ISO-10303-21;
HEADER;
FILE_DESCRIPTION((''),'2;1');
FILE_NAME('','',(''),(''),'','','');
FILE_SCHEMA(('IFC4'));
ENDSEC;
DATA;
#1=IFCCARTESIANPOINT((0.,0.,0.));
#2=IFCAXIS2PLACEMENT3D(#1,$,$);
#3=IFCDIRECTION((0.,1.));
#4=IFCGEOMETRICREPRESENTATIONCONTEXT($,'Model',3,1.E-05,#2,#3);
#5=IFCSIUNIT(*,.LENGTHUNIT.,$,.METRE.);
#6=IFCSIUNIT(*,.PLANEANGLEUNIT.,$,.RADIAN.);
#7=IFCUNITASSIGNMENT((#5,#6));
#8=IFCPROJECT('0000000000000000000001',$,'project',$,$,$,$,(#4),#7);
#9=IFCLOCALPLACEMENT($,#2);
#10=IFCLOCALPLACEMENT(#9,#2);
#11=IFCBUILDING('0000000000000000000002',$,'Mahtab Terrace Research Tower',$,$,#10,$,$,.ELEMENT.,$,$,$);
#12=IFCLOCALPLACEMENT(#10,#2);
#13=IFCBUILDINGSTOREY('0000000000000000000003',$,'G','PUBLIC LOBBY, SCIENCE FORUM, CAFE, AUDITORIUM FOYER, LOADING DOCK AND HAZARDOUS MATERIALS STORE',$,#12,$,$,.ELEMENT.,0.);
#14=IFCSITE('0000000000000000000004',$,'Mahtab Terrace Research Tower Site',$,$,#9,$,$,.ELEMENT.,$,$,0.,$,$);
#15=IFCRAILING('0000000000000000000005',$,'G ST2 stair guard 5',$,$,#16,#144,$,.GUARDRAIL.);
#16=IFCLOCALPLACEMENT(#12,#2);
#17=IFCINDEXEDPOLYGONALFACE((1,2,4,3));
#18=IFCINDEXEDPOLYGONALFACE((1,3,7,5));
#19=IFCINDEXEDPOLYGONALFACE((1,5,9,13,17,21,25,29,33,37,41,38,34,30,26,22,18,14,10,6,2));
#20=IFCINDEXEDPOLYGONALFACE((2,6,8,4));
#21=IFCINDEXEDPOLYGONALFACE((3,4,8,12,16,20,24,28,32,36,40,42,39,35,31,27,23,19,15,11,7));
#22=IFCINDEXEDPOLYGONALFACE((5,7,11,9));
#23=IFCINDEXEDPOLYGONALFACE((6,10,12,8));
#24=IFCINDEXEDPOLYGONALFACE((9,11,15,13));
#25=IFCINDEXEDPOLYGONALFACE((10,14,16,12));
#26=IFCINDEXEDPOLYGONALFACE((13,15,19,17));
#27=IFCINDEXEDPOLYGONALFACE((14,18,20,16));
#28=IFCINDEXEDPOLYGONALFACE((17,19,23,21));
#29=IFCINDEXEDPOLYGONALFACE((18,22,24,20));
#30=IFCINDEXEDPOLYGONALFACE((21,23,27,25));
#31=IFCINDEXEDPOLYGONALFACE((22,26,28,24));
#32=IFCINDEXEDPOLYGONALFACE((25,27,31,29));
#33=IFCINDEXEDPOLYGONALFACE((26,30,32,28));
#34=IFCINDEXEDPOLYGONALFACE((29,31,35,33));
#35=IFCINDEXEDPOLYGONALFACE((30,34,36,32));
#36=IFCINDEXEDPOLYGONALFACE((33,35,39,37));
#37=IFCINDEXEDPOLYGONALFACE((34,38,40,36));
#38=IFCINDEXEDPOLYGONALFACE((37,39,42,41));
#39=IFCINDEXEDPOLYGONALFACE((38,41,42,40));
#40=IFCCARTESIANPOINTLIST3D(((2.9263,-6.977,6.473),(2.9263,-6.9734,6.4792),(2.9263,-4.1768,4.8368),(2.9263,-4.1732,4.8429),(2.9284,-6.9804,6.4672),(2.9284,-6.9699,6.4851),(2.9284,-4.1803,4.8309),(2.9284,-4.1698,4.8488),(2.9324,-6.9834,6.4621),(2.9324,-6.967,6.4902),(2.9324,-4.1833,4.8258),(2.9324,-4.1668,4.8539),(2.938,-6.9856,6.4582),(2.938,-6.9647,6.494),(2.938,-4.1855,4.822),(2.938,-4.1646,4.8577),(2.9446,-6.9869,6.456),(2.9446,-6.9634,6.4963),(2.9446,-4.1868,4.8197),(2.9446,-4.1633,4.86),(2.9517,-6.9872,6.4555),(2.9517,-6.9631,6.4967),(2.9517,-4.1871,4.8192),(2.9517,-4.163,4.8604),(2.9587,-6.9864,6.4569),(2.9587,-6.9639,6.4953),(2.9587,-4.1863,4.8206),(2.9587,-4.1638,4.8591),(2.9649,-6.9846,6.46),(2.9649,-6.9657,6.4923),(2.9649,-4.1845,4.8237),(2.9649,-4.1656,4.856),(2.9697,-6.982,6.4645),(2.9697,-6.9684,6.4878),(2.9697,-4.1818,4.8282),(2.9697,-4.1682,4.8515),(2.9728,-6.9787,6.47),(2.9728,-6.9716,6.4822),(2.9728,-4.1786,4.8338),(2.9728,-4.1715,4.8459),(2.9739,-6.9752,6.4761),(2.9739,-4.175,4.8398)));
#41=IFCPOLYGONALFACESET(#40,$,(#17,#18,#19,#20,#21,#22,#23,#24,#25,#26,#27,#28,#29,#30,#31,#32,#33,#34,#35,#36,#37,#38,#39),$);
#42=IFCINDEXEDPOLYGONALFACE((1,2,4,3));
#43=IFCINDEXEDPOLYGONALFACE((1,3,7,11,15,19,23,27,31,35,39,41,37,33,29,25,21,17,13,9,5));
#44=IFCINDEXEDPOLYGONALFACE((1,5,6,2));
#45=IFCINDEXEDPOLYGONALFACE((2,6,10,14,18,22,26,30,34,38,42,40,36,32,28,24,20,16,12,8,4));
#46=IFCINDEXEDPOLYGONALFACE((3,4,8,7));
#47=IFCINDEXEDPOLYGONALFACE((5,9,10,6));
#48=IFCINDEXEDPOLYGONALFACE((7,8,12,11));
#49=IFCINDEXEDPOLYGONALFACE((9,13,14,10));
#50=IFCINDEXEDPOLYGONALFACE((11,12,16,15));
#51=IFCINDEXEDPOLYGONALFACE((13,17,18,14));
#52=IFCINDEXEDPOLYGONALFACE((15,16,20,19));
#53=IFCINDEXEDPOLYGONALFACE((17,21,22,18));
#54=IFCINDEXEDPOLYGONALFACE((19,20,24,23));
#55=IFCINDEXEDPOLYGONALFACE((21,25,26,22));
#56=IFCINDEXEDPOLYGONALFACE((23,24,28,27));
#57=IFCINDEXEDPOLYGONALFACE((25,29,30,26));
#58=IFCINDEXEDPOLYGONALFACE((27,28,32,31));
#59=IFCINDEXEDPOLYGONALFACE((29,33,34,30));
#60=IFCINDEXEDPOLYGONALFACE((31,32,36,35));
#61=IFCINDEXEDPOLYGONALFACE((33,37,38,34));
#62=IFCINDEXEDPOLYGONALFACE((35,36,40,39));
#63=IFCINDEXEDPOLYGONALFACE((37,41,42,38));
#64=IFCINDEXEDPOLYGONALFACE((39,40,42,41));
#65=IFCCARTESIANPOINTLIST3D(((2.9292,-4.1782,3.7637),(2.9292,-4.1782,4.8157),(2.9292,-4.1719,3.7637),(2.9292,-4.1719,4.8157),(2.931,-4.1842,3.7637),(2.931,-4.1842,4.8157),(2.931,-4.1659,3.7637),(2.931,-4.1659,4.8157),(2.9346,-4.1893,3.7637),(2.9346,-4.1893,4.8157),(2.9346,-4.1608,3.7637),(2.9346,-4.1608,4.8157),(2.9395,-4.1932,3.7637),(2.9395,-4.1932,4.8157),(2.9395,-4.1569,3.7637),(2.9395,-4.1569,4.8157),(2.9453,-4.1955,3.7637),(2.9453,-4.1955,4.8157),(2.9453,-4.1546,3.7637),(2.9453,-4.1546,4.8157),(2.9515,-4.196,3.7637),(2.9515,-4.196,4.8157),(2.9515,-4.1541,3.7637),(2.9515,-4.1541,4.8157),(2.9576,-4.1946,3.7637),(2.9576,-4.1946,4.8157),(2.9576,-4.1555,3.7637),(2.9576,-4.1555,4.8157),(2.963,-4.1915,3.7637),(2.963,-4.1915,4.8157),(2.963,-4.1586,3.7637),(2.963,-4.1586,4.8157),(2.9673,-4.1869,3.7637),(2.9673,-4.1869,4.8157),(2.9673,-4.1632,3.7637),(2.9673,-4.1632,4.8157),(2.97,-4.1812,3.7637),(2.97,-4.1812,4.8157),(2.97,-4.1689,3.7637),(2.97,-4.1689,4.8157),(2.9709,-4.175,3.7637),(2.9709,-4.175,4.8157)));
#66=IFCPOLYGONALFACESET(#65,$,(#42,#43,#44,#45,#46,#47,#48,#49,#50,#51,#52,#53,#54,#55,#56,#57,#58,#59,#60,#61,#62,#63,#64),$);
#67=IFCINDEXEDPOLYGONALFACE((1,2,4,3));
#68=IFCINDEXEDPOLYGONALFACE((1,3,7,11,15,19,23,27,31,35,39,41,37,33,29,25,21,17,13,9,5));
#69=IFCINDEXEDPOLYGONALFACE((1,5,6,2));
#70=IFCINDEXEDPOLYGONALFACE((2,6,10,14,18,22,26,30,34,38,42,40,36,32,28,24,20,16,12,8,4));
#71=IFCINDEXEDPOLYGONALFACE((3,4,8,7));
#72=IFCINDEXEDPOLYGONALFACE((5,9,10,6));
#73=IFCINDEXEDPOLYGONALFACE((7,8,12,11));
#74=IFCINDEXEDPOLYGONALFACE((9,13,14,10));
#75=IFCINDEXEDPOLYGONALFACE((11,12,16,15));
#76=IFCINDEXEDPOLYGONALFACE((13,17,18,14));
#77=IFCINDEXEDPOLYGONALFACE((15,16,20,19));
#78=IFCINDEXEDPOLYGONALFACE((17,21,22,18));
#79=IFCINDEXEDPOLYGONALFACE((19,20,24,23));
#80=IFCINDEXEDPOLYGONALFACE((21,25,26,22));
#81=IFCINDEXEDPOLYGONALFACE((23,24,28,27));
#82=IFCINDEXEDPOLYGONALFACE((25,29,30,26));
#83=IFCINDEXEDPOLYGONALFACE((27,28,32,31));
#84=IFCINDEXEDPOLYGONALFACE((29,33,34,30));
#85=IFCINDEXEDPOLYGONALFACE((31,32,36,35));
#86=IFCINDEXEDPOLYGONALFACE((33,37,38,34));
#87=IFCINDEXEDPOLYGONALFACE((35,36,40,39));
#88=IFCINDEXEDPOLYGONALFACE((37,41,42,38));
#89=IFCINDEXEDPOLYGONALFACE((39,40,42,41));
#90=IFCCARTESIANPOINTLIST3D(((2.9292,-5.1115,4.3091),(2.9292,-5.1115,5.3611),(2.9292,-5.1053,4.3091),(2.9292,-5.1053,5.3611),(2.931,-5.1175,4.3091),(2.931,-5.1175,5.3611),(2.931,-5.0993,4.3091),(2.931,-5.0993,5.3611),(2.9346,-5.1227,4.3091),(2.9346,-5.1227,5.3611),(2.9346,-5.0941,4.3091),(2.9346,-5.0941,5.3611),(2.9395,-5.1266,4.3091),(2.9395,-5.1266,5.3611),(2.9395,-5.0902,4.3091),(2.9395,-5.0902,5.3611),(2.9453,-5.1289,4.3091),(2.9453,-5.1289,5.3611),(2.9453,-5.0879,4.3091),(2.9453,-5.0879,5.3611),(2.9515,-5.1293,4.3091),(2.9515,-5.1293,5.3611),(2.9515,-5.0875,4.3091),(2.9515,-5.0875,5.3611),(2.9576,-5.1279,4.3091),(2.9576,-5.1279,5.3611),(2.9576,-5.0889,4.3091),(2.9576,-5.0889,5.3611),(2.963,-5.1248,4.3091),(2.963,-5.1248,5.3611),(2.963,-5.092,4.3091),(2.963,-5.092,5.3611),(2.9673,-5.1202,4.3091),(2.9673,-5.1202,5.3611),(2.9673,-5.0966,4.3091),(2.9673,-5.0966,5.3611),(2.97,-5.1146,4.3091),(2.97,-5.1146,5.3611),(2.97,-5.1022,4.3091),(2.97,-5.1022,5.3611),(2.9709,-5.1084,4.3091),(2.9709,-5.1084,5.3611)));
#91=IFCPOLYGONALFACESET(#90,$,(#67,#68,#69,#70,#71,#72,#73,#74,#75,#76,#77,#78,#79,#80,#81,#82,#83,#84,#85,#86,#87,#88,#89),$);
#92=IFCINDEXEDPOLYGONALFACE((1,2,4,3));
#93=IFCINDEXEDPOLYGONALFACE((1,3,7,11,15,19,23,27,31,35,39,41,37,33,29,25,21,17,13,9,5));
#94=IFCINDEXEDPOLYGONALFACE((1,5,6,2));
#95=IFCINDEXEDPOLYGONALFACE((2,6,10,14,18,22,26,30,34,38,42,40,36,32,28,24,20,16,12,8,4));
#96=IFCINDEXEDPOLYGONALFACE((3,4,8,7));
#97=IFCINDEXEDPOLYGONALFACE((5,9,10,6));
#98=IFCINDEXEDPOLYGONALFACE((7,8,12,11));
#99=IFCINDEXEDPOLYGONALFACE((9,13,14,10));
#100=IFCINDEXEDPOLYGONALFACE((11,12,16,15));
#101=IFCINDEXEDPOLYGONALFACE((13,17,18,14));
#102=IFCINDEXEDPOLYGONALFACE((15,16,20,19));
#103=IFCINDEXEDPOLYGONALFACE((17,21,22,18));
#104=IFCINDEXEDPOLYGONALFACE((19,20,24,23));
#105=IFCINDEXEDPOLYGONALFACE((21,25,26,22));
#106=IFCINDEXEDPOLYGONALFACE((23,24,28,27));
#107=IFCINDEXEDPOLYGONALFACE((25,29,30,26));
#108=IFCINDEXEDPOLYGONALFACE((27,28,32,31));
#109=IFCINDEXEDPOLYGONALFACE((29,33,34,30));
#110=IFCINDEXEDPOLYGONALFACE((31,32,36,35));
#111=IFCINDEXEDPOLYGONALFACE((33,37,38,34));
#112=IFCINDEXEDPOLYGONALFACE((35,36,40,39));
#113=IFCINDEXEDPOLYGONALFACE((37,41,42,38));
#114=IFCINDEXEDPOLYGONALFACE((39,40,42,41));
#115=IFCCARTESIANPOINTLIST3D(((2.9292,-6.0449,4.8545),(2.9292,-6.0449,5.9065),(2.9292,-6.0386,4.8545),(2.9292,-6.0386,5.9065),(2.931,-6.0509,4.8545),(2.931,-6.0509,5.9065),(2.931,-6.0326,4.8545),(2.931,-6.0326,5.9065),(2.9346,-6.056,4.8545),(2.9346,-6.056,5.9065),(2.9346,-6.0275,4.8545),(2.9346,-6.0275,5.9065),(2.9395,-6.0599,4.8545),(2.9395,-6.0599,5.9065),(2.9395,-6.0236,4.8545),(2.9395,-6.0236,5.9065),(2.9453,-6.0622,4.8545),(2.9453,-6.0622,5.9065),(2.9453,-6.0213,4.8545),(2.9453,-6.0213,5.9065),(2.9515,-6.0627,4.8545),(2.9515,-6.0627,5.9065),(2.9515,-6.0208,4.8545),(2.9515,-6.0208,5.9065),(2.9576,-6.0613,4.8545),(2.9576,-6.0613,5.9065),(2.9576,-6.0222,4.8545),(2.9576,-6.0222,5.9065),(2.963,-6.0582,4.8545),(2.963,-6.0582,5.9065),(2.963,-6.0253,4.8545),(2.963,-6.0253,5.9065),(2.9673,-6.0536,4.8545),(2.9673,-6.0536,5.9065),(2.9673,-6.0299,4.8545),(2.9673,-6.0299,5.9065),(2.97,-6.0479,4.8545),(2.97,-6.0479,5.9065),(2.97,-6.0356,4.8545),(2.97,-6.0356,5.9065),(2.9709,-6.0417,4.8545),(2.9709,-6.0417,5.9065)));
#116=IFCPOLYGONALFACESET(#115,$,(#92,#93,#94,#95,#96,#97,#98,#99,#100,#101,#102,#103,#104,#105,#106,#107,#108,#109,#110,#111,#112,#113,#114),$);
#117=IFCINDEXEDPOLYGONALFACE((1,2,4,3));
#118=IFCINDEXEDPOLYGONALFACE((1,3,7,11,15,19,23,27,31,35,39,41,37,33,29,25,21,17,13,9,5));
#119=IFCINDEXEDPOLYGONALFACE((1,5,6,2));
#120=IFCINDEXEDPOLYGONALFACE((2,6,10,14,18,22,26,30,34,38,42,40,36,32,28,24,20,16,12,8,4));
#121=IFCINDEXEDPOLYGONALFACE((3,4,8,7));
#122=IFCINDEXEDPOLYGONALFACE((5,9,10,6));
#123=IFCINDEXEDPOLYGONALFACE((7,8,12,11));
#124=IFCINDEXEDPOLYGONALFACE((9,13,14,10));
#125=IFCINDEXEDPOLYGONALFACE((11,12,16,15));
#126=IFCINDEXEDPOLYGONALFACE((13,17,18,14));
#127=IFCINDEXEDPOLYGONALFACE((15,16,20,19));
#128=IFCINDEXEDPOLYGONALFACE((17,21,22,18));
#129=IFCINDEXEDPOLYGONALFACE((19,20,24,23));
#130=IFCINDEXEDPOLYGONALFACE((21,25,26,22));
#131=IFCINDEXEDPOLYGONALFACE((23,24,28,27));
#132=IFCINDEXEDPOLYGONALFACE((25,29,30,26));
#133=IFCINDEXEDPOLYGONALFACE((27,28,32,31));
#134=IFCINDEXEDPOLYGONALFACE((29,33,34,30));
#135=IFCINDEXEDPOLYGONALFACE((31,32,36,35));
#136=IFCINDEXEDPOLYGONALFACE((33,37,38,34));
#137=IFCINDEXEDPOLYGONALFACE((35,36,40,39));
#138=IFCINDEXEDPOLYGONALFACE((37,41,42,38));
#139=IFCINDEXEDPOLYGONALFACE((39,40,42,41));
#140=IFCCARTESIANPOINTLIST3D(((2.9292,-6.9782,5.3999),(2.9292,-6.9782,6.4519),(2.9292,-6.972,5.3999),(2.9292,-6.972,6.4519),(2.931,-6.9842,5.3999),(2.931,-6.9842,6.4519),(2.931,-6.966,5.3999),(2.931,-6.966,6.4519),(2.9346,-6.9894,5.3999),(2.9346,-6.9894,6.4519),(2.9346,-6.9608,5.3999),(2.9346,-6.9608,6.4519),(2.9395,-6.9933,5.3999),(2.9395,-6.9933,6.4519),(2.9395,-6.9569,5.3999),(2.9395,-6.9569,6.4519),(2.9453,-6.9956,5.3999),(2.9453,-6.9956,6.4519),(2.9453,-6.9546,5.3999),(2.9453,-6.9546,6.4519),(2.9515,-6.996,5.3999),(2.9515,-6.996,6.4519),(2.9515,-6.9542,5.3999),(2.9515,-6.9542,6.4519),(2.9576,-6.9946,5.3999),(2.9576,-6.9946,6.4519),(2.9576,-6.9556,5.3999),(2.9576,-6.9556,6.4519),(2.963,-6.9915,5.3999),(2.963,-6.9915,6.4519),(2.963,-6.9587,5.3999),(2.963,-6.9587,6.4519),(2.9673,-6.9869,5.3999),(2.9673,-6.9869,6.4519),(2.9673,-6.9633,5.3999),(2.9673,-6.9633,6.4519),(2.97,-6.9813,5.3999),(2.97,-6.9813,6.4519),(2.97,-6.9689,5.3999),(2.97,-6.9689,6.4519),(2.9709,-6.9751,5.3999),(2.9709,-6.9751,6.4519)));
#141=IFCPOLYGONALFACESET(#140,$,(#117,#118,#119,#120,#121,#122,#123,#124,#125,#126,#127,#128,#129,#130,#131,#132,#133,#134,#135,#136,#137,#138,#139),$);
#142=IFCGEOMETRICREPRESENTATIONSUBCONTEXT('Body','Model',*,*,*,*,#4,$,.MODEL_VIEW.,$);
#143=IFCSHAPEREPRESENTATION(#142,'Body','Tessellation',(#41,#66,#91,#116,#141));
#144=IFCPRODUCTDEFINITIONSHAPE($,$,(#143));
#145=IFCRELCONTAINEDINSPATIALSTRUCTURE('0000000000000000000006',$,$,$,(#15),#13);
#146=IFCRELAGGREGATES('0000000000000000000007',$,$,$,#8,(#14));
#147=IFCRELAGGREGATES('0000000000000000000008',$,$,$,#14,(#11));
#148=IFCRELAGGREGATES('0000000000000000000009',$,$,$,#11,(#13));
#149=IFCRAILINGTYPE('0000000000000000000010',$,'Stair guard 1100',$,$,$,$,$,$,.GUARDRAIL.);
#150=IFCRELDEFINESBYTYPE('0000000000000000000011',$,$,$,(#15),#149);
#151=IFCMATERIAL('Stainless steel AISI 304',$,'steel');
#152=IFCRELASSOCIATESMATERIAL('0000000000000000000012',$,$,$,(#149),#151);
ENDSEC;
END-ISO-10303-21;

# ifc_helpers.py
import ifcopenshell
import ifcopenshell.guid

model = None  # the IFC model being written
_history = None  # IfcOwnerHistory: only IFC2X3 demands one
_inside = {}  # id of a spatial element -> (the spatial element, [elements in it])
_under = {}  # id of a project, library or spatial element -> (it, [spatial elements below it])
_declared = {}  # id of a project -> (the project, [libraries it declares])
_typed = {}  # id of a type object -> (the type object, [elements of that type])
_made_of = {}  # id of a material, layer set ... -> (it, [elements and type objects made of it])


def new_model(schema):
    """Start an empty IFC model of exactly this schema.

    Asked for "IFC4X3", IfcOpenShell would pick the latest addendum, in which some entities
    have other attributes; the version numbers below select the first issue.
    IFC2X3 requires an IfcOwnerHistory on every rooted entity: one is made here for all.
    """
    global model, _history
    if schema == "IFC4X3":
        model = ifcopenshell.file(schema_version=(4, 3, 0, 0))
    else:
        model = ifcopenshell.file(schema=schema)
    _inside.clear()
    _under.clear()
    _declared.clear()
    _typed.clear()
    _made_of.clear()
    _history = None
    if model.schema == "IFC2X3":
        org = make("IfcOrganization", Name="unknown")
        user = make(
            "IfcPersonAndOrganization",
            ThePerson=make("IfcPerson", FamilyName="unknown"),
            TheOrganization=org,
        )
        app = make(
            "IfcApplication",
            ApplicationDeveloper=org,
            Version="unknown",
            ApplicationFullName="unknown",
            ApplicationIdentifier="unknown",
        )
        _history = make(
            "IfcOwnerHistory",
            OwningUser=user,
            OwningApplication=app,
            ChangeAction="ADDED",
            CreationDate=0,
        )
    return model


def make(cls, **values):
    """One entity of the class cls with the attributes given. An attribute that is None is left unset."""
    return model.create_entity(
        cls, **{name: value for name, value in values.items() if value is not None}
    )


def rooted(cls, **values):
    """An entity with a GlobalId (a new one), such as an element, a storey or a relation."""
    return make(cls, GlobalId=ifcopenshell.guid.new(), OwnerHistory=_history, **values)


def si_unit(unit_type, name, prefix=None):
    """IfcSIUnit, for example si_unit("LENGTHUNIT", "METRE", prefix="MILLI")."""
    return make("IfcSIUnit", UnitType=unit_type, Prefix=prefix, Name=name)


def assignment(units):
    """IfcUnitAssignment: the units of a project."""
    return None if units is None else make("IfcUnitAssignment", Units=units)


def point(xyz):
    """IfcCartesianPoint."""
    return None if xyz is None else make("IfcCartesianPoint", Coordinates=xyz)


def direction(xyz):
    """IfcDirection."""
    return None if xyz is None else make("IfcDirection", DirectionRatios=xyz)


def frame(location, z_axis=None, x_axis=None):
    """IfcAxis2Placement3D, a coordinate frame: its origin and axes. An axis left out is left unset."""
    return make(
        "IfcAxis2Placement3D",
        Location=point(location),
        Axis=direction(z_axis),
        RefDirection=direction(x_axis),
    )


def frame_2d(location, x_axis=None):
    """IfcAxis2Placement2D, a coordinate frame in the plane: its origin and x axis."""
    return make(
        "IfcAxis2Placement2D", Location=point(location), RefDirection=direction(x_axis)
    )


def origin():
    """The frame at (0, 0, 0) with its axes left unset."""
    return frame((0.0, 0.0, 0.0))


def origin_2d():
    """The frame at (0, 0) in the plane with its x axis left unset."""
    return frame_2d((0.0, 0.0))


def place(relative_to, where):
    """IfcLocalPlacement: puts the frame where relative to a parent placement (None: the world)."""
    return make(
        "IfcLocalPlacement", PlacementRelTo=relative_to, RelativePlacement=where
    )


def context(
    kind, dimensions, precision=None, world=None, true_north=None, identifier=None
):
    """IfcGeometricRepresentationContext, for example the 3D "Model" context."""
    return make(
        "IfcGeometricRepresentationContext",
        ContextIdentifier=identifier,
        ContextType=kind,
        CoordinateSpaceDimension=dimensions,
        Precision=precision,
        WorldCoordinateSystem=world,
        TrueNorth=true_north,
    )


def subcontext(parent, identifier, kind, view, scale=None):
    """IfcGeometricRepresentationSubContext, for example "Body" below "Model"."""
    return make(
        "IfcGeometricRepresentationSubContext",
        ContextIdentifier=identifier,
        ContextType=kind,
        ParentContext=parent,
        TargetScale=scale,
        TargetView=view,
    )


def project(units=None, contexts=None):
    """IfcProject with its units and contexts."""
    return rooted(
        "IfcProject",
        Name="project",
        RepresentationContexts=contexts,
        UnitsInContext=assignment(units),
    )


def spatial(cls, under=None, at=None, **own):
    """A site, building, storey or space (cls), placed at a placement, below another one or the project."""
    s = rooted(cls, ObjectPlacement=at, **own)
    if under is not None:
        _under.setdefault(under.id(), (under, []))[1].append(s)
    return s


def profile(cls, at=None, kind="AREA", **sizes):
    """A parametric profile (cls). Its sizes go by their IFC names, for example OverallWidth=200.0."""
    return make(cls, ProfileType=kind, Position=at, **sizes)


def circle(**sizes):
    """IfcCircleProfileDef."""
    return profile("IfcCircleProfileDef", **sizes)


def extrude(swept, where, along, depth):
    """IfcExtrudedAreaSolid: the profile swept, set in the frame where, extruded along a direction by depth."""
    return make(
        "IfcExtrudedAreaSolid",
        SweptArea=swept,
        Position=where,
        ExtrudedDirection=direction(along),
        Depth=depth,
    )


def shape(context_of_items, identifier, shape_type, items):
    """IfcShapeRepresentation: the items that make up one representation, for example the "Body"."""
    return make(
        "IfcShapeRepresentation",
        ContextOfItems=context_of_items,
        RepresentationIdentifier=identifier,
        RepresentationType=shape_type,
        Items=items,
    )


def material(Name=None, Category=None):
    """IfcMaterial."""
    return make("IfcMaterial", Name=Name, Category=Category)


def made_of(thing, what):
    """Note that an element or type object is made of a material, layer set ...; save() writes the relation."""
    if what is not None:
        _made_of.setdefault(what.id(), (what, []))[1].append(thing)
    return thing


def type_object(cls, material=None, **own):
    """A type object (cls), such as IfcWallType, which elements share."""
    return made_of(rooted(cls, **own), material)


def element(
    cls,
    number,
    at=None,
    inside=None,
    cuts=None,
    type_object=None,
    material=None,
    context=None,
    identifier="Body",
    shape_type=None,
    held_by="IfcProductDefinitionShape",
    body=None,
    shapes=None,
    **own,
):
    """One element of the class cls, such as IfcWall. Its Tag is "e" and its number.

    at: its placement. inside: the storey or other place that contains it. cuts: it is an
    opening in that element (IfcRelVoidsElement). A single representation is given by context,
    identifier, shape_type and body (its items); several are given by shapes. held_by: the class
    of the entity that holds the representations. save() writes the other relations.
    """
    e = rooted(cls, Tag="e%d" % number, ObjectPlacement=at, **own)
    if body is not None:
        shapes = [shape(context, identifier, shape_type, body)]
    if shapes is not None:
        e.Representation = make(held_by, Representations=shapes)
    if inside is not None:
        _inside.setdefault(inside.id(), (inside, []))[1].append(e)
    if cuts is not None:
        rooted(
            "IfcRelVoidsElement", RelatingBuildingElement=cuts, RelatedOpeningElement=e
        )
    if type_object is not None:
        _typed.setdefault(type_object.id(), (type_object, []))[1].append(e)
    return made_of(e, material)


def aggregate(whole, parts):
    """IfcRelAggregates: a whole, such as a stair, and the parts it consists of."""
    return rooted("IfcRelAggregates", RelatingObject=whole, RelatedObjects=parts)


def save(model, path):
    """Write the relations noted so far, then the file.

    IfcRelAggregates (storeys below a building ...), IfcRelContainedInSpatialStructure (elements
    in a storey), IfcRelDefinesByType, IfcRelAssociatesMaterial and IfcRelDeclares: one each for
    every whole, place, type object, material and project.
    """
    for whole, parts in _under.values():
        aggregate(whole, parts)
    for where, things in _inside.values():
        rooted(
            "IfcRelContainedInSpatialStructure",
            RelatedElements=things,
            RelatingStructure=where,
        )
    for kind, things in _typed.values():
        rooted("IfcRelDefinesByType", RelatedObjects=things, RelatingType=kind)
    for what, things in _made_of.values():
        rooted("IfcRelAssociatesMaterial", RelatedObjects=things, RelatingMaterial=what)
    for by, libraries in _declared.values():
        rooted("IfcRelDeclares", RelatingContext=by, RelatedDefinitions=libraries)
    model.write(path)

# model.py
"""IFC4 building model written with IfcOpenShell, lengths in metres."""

from ifc_helpers import new_model, si_unit, direction, frame, origin, origin_2d, place, context, subcontext, project, spatial, circle, extrude, material, type_object, element, save


model = new_model("IFC4")

# Units and contexts
model_context = context("Model", 3, precision=1e-05, world=origin(), true_north=direction((0.0, 1.0)))
body_context = subcontext(model_context, "Body", "Model", "MODEL_VIEW")
ifc_project = project(units=[si_unit("LENGTHUNIT", "METRE"), si_unit("PLANEANGLEUNIT", "RADIAN")], contexts=[model_context])

# Site, building, storey
site_placement = place(None, origin())
site = spatial("IfcSite", under=ifc_project, at=site_placement, Name="Mahtab Terrace Research Tower Site", CompositionType="ELEMENT", RefElevation=0.0)
building_placement = place(site_placement, origin())
building = spatial("IfcBuilding", under=site, at=building_placement, Name="Mahtab Terrace Research Tower", CompositionType="ELEMENT")
storey_placement = place(building_placement, origin())
storey = spatial("IfcBuildingStorey", under=building, at=storey_placement, Name="G", Description="PUBLIC LOBBY, SCIENCE FORUM, CAFE, AUDITORIUM FOYER, LOADING DOCK AND HAZARDOUS MATERIALS STORE", CompositionType="ELEMENT", Elevation=0.0)

# Railing
ifc_material_1 = material(Name="Stainless steel AISI 304", Category="steel")
railing_type_1 = type_object("IfcRailingType", Name="Stair guard 1100", PredefinedType="GUARDRAIL", material=ifc_material_1)
railing_1_placement = place(storey_placement, frame((2.95, -4.175, 3.7637)))
element("IfcRailing", 1, at=railing_1_placement, inside=storey, type_object=railing_type_1, Name="G ST2 stair guard 5", PredefinedType="GUARDRAIL", context=body_context, shape_type="SweptSolid", body=[
    extrude(circle(Radius=0.0239, at=origin_2d()), frame((0.0, 0.0, 1.0762), z_axis=(0.0, -0.863394, 0.504531), x_axis=(1.0, 0.0, 0.0)), (0.0, 0.0, 1.0), 3.2432),
    extrude(circle(Radius=0.021, at=origin_2d()), origin(), (0.0, 0.0, 1.0), 1.052),
    extrude(circle(Radius=0.021, at=origin_2d()), frame((0.0, -0.9333, 0.5454)), (0.0, 0.0, 1.0), 1.052),
    extrude(circle(Radius=0.021, at=origin_2d()), frame((0.0, -1.8667, 1.0908)), (0.0, 0.0, 1.0), 1.052),
    extrude(circle(Radius=0.021, at=origin_2d()), frame((0.0, -2.8, 1.6362)), (0.0, 0.0, 1.0), 1.052),
])

save(model, "model.ifc")
